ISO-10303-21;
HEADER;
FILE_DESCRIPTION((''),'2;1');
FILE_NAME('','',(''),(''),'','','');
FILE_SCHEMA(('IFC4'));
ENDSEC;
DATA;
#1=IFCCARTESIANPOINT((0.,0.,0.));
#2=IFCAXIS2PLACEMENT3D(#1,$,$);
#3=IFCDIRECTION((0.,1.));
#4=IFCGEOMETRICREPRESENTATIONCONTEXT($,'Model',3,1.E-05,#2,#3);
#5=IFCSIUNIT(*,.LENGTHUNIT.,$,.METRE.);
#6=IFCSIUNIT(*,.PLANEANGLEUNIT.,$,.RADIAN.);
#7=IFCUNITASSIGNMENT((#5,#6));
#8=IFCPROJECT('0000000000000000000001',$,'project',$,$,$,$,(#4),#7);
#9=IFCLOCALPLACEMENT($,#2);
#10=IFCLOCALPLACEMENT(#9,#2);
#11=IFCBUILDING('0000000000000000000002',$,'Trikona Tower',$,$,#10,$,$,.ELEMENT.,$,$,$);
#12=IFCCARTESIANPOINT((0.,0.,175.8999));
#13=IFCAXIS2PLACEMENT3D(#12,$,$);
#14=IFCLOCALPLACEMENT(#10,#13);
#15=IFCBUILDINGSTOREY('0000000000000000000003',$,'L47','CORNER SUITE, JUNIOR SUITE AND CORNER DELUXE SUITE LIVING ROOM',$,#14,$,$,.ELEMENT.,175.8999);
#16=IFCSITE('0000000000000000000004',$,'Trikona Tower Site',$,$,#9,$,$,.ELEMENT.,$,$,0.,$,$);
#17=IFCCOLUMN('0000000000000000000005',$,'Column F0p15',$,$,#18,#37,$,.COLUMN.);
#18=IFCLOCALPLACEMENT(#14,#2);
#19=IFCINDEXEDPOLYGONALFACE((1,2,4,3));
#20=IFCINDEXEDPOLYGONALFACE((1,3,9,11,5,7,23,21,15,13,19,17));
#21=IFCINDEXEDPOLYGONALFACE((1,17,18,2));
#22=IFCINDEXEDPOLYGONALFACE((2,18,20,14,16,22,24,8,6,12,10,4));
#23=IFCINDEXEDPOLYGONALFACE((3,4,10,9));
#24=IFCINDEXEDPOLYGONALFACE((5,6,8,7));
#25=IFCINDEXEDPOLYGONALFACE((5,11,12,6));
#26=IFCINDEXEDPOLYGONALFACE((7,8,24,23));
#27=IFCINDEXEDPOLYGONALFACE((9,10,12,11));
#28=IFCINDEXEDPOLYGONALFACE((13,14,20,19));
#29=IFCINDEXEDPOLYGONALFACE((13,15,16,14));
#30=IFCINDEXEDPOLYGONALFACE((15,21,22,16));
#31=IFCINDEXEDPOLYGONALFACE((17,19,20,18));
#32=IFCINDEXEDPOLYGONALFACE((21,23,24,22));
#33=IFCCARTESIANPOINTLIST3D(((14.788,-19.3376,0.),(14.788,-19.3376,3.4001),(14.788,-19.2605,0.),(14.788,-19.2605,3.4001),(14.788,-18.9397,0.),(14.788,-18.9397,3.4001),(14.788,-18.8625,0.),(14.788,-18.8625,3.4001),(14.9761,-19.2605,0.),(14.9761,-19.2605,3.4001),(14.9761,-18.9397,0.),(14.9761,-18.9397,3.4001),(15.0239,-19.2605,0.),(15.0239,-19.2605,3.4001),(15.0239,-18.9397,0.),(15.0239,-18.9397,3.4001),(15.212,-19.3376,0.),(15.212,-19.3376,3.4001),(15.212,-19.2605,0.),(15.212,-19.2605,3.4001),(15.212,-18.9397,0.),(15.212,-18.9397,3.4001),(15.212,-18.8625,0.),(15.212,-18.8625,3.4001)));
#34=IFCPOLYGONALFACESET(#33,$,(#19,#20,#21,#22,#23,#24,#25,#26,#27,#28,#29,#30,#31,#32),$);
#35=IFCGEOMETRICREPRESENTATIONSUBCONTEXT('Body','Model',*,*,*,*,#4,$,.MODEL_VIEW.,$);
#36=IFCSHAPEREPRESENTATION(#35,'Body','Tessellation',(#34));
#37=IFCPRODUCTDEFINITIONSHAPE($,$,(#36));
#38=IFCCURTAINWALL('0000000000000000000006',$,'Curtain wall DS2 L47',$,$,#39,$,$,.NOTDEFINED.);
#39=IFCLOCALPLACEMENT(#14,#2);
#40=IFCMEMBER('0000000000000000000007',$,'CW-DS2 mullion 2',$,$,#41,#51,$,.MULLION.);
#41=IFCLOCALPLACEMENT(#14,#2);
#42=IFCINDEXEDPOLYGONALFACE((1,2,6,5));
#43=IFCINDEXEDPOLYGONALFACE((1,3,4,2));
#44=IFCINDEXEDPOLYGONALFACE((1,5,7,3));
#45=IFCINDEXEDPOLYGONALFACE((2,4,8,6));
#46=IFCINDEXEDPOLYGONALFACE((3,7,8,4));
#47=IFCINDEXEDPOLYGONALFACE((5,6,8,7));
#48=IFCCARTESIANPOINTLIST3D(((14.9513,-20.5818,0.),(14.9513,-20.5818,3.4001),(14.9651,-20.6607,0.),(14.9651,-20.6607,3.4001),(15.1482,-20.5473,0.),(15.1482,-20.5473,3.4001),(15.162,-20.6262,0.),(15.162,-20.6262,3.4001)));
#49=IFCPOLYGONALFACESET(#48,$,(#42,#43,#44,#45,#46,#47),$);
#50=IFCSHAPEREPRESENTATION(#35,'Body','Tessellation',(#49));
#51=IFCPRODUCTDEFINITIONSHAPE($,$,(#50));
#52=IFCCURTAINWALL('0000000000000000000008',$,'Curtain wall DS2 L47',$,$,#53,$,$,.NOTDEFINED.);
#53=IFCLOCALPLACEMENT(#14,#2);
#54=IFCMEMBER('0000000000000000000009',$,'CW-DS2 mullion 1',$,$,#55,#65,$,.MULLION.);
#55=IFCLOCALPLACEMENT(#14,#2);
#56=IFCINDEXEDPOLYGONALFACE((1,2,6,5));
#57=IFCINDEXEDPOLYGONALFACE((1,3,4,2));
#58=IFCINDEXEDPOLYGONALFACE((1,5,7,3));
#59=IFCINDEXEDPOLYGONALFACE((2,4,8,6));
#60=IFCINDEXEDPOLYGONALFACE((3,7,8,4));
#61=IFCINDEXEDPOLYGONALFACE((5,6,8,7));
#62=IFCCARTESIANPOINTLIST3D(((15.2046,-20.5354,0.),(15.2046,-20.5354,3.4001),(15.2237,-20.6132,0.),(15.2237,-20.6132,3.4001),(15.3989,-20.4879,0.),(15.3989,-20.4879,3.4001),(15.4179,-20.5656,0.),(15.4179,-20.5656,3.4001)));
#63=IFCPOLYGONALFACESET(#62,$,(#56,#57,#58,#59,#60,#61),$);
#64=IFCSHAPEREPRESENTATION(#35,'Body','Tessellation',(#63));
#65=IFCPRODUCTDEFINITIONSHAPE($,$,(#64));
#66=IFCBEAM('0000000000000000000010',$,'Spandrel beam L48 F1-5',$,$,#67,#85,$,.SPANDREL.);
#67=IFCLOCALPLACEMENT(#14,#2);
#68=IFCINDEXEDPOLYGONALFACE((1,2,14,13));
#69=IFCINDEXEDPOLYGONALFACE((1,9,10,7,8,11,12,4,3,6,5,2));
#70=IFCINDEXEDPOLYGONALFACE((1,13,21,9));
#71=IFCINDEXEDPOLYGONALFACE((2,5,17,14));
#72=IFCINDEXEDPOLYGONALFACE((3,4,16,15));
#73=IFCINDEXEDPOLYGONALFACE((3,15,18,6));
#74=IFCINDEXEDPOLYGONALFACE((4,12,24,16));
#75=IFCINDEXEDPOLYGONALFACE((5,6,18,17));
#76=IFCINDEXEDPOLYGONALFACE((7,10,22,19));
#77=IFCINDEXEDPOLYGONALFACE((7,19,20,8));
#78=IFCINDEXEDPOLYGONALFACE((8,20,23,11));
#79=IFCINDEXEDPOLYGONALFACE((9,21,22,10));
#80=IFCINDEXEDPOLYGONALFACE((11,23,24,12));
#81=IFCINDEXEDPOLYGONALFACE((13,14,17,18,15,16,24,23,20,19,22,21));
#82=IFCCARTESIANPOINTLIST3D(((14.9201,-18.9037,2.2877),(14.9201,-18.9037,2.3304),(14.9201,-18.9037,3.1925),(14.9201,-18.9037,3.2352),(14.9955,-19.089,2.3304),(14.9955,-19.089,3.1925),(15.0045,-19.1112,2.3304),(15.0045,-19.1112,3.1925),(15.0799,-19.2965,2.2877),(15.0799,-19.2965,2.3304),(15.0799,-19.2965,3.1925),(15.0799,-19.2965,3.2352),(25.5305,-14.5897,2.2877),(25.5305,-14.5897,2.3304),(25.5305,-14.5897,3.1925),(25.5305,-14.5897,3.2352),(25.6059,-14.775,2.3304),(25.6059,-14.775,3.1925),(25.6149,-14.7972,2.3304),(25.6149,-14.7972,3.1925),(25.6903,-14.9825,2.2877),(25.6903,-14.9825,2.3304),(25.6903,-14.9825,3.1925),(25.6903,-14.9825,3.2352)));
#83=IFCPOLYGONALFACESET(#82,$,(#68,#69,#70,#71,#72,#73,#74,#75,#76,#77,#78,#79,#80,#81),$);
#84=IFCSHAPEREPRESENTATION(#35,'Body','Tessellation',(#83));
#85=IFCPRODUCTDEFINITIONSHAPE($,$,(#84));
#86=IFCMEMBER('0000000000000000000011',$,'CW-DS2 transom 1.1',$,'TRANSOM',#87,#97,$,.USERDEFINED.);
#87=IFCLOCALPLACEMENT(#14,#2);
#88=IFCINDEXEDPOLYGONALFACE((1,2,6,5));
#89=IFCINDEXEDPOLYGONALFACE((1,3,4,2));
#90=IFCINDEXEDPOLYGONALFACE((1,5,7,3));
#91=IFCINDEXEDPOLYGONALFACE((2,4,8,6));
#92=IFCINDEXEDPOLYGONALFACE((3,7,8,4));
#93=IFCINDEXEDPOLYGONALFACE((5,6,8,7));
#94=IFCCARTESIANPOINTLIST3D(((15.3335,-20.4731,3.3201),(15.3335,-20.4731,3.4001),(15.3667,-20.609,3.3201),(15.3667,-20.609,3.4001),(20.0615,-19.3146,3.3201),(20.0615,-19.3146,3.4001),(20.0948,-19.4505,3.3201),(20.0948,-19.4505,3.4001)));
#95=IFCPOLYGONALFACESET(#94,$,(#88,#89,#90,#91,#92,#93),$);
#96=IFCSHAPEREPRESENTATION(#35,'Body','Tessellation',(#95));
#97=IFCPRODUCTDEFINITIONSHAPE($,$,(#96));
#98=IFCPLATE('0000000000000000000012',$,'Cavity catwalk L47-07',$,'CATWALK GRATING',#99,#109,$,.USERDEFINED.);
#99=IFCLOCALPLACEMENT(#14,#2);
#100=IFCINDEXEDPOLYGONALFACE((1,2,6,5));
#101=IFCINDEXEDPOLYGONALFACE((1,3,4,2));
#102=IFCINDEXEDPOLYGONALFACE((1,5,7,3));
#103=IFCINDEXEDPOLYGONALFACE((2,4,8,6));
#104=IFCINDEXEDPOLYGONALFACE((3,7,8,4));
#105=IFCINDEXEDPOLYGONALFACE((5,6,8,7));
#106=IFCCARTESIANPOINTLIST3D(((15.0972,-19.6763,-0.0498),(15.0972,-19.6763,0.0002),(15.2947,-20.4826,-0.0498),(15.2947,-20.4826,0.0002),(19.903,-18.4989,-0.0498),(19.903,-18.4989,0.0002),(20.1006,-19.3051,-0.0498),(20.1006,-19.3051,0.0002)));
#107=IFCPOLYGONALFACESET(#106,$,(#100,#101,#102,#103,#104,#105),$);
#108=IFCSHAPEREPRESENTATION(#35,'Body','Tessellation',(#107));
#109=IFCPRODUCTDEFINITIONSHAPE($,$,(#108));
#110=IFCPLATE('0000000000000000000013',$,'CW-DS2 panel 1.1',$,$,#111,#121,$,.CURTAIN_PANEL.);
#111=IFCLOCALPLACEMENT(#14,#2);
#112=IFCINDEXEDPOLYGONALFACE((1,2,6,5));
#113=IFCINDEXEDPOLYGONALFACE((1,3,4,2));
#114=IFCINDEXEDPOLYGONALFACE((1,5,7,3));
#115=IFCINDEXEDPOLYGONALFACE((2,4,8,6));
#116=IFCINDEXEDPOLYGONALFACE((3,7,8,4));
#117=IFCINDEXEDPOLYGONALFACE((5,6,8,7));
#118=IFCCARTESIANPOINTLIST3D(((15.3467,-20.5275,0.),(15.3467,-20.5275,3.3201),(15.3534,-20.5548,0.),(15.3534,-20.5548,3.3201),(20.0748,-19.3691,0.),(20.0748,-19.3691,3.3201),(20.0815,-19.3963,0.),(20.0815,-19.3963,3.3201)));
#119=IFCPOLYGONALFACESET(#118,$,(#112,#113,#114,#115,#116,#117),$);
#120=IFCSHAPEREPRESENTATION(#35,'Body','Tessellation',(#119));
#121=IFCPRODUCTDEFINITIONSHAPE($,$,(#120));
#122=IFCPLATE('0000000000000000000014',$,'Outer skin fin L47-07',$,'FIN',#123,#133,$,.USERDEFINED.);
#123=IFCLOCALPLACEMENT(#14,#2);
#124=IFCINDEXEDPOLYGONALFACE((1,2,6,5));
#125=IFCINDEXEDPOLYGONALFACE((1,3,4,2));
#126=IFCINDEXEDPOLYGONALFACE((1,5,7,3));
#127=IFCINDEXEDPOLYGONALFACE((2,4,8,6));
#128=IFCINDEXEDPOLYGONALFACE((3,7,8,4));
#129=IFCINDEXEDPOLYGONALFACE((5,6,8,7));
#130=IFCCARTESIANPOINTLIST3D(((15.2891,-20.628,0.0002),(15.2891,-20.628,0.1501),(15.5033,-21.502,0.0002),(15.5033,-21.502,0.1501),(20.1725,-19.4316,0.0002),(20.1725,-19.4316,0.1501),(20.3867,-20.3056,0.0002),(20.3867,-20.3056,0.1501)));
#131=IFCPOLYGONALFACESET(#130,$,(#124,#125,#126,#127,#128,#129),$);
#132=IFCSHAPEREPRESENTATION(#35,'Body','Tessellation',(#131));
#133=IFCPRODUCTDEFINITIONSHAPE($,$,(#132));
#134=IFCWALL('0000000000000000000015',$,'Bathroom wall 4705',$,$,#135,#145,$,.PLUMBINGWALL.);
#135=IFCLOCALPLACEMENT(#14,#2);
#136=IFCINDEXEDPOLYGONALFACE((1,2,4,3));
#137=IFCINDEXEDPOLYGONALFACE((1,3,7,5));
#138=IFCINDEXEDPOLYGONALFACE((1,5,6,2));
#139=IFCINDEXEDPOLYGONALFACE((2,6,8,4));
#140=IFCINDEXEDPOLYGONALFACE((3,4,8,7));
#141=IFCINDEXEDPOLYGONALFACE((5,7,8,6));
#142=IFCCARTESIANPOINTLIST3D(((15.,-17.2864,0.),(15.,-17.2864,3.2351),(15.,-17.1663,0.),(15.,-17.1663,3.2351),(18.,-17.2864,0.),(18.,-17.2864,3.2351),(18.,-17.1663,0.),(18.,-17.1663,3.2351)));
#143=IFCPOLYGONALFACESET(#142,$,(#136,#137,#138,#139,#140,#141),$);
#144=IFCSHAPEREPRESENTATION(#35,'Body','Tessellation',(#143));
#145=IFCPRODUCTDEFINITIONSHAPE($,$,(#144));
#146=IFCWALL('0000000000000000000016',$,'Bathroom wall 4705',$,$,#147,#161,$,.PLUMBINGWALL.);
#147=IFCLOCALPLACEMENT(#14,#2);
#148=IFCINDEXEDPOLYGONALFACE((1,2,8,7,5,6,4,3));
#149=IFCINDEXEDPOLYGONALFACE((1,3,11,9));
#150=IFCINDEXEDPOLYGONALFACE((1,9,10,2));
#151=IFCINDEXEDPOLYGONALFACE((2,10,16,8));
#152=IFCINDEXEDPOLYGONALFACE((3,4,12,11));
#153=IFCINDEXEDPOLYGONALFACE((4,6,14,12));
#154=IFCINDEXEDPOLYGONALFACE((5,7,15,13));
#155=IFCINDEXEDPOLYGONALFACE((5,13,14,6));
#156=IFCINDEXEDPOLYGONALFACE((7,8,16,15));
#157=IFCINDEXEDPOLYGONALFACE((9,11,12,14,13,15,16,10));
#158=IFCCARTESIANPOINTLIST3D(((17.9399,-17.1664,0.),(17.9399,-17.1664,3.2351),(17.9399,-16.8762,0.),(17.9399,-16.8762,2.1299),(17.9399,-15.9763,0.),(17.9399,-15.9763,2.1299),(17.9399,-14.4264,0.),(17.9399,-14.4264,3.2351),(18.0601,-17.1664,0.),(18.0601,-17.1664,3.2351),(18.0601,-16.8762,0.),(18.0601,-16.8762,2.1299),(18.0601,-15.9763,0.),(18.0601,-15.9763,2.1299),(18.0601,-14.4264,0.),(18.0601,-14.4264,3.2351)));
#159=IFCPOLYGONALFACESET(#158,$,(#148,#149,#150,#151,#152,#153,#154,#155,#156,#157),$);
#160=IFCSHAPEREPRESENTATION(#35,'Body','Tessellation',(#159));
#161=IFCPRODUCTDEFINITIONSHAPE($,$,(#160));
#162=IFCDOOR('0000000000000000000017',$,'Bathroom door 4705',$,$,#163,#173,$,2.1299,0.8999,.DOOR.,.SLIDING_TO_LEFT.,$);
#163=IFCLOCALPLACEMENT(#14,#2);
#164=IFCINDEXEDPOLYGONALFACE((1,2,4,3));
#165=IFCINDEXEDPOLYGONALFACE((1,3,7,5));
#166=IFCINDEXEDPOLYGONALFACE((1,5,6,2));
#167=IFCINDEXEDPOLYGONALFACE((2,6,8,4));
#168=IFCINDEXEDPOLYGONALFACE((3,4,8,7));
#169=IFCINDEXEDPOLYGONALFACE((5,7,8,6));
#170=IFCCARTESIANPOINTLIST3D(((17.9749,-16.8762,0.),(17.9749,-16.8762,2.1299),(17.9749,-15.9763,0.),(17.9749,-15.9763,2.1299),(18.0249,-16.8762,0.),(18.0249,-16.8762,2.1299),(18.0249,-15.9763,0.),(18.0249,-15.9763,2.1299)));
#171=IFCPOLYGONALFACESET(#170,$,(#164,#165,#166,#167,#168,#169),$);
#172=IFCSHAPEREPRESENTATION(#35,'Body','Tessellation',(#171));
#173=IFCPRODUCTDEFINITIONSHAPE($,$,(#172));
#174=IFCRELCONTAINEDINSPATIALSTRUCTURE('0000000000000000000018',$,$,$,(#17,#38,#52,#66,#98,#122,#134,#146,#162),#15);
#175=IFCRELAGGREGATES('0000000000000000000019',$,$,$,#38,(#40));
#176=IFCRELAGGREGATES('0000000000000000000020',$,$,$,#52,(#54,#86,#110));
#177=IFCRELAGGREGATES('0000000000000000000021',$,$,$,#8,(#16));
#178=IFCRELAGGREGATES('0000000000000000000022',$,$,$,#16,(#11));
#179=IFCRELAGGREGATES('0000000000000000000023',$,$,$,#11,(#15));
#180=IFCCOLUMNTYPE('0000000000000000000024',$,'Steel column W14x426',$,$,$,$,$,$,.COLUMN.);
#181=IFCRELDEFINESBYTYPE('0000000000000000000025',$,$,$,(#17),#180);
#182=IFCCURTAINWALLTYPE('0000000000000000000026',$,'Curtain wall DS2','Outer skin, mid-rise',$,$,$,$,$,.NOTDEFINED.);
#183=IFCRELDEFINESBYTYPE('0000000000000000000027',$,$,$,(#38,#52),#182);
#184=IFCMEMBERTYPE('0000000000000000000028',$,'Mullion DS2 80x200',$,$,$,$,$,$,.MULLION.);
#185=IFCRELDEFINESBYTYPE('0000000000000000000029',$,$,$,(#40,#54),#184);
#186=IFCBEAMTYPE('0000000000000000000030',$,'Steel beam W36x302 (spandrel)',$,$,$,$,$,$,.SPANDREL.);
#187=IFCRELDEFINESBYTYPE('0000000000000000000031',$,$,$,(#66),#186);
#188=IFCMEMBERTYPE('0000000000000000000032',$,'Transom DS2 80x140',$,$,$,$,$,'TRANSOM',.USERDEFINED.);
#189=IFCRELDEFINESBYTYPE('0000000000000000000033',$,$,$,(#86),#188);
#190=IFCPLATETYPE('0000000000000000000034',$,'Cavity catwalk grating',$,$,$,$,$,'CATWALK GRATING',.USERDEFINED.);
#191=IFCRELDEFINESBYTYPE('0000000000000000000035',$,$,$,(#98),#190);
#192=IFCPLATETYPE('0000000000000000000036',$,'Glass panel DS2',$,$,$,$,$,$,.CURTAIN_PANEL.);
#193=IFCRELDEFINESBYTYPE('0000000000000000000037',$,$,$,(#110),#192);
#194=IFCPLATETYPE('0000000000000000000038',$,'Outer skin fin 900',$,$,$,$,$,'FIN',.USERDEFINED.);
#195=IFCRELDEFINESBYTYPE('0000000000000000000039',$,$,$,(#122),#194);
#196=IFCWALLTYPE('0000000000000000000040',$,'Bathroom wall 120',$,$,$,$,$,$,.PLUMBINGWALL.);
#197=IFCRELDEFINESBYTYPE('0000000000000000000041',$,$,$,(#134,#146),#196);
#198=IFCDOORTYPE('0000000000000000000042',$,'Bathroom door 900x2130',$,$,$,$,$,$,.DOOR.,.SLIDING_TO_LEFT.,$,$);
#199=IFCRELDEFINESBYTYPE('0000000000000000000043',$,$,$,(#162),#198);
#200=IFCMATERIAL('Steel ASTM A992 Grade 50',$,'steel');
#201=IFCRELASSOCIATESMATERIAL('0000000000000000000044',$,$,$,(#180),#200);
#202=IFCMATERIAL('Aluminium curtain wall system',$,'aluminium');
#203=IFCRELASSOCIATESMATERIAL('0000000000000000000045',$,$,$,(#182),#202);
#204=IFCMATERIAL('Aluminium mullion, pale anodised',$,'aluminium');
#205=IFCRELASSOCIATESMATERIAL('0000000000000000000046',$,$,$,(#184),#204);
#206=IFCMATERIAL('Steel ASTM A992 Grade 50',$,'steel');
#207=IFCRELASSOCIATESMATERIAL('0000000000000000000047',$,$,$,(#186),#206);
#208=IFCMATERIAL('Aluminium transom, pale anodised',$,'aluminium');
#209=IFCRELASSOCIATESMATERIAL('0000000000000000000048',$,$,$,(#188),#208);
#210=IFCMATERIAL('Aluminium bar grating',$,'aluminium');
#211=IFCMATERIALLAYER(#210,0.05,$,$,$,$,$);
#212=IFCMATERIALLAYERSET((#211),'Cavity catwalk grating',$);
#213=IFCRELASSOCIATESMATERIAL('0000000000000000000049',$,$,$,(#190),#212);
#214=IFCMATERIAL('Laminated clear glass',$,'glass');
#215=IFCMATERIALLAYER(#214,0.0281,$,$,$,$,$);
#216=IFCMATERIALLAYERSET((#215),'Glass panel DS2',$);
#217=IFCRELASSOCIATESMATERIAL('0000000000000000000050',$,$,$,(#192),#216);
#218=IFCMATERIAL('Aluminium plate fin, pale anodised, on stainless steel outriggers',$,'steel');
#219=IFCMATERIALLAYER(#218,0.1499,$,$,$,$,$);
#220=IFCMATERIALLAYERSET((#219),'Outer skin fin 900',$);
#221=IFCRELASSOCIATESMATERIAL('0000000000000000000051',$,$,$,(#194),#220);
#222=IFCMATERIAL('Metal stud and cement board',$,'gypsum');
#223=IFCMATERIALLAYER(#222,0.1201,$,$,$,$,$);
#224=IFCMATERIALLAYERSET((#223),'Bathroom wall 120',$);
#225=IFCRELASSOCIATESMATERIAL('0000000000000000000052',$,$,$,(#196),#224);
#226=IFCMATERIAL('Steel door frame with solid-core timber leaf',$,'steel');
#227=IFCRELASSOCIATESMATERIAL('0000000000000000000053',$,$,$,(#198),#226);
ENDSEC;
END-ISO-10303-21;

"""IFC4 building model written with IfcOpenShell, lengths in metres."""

from ifc_helpers import new_model, si_unit, direction, frame, frame_2d, origin, origin_2d, place, context, subcontext, project, spatial, rectangle, i_section, extrude, material, layer, layer_set, material_profile, profile_set, type_object, element, fill, aggregate, save


model = new_model("IFC4")

# Units and contexts
model_context = context("Model", 3, precision=1e-05, world=origin(), true_north=direction((0.0, 1.0)))
body_context = subcontext(model_context, "Body", "Model", "MODEL_VIEW")
ifc_project = project(units=[si_unit("LENGTHUNIT", "METRE"), si_unit("PLANEANGLEUNIT", "RADIAN")], contexts=[model_context])

# Site, building, storey
site_placement = place(None, origin())
site = spatial("IfcSite", under=ifc_project, at=site_placement, Name="Trikona Tower Site", CompositionType="ELEMENT", RefElevation=0.0)
building_placement = place(site_placement, origin())
building = spatial("IfcBuilding", under=site, at=building_placement, Name="Trikona Tower", CompositionType="ELEMENT")
storey_placement = place(building_placement, frame((0.0, 0.0, 175.8999)))
storey = spatial("IfcBuildingStorey", under=building, at=storey_placement, Name="L47", Description="CORNER SUITE, JUNIOR SUITE AND CORNER DELUXE SUITE LIVING ROOM", CompositionType="ELEMENT", Elevation=175.8999)

# Column
ifc_material_1 = material(Name="Steel ASTM A992 Grade 50", Category="steel")
ifc_material_profile_1 = material_profile(ifc_material_1, i_section(OverallWidth=0.4241, OverallDepth=0.4751, WebThickness=0.0479, FlangeThickness=0.0771, at=origin_2d()), Name="W14X426")
ifc_profile_set_1 = profile_set([ifc_material_profile_1], Name="Steel ASTM A992 Grade 50")
column_type = type_object("IfcColumnType", Name="Steel column W14x426", PredefinedType="COLUMN", material=ifc_profile_set_1)
column_placement = place(storey_placement, frame((15.0, -19.1001, 0.0), z_axis=(0.0, 0.0, 1.0), x_axis=(1.0, 0.0, 0.0)))
element("IfcColumn", 1, at=column_placement, inside=storey, type_object=column_type, Name="Column F0p15", PredefinedType="COLUMN", context=body_context, shape_type="SweptSolid", body=[
    extrude(i_section(OverallWidth=0.4241, OverallDepth=0.4751, WebThickness=0.0479, FlangeThickness=0.0771, at=origin_2d()), origin(), (0.0, 0.0, 1.0), 3.4001),
])

# Curtain walls, members
ifc_material_2 = material(Name="Aluminium curtain wall system", Category="aluminium")
curtain_wall_type = type_object("IfcCurtainWallType", Name="Curtain wall DS2", Description="Outer skin, mid-rise", PredefinedType="NOTDEFINED", material=ifc_material_2)
curtain_wall_1_placement = place(storey_placement, origin())
curtain_wall_1 = element("IfcCurtainWall", 2, at=curtain_wall_1_placement, inside=storey, type_object=curtain_wall_type, Name="Curtain wall DS2 L47", PredefinedType="NOTDEFINED")
ifc_material_3 = material(Name="Aluminium mullion, pale anodised", Category="aluminium")
ifc_material_profile_2 = material_profile(ifc_material_3, rectangle(XDim=0.0801, YDim=0.2, at=origin_2d()), Name="MUL-DS2")
ifc_profile_set_2 = profile_set([ifc_material_profile_2], Name="Aluminium mullion, pale anodised")
member_type_1 = type_object("IfcMemberType", Name="Mullion DS2 80x200", PredefinedType="MULLION", material=ifc_profile_set_2)
member_1_placement = place(storey_placement, frame((15.0566, -20.604, 0.0), z_axis=(0.0, 0.0, 1.0), x_axis=(-0.172377, 0.985031, 0.0)))
member_1 = element("IfcMember", 3, at=member_1_placement, type_object=member_type_1, Name="CW-DS2 mullion 2", PredefinedType="MULLION", context=body_context, shape_type="SweptSolid", body=[
    extrude(rectangle(XDim=0.0801, YDim=0.2, at=origin_2d()), origin(), (0.0, 0.0, 1.0), 3.4001),
])
aggregate(curtain_wall_1, [member_1])
curtain_wall_2_placement = place(storey_placement, origin())
curtain_wall_2 = element("IfcCurtainWall", 4, at=curtain_wall_2_placement, inside=storey, type_object=curtain_wall_type, Name="Curtain wall DS2 L47", PredefinedType="NOTDEFINED")
member_2_placement = place(storey_placement, frame((15.3113, -20.5505, 0.0), z_axis=(0.0, 0.0, 1.0), x_axis=(-0.23797, 0.971272, 0.0)))
member_2 = element("IfcMember", 5, at=member_2_placement, type_object=member_type_1, Name="CW-DS2 mullion 1", PredefinedType="MULLION", context=body_context, shape_type="SweptSolid", body=[
    extrude(rectangle(XDim=0.0801, YDim=0.2, at=origin_2d()), origin(), (0.0, 0.0, 1.0), 3.4001),
])

# Beam
ifc_material_4 = material(Name="Steel ASTM A992 Grade 50", Category="steel")
ifc_material_profile_3 = material_profile(ifc_material_4, i_section(OverallWidth=0.4241, OverallDepth=0.9475, WebThickness=0.0239, FlangeThickness=0.0427, at=origin_2d()), Name="W36X302")
ifc_profile_set_3 = profile_set([ifc_material_profile_3], Name="Steel ASTM A992 Grade 50")
beam_type = type_object("IfcBeamType", Name="Steel beam W36x302 (spandrel)", PredefinedType="SPANDREL", material=ifc_profile_set_3)
beam_placement = place(storey_placement, frame((15.0, -19.1001, 2.7615), z_axis=(0.92636, 0.37664, 0.0), x_axis=(-0.37664, 0.92636, 0.0)))
element("IfcBeam", 6, at=beam_placement, inside=storey, type_object=beam_type, Name="Spandrel beam L48 F1-5", PredefinedType="SPANDREL", context=body_context, shape_type="SweptSolid", body=[
    extrude(i_section(OverallWidth=0.4241, OverallDepth=0.9475, WebThickness=0.0239, FlangeThickness=0.0427, at=origin_2d()), origin(), (0.0, 0.0, 1.0), 11.4539),
])

# Member
ifc_material_5 = material(Name="Aluminium transom, pale anodised", Category="aluminium")
ifc_material_profile_4 = material_profile(ifc_material_5, rectangle(XDim=0.1399, YDim=0.0801, at=origin_2d()), Name="TRN-DS2")
ifc_profile_set_4 = profile_set([ifc_material_profile_4], Name="Aluminium transom, pale anodised")
member_type_2 = type_object("IfcMemberType", Name="Transom DS2 80x140", ElementType="TRANSOM", PredefinedType="USERDEFINED", material=ifc_profile_set_4)
member_3_placement = place(storey_placement, frame((15.3501, -20.541, 3.3601), z_axis=(0.971271, 0.237978, 0.0), x_axis=(-0.237978, 0.971271, 0.0)))
member_3 = element("IfcMember", 7, at=member_3_placement, type_object=member_type_2, Name="CW-DS2 transom 1.1", ObjectType="TRANSOM", PredefinedType="USERDEFINED", context=body_context, shape_type="SweptSolid", body=[
    extrude(rectangle(XDim=0.1399, YDim=0.0801, at=origin_2d()), origin(), (0.0, 0.0, 1.0), 4.8679),
])

# Plates
ifc_material_6 = material(Name="Aluminium bar grating", Category="aluminium")
ifc_layer_1 = layer(ifc_material_6, 0.05)
ifc_layer_set_1 = layer_set([ifc_layer_1], Name="Cavity catwalk grating")
plate_type_1 = type_object("IfcPlateType", Name="Cavity catwalk grating", ElementType="CATWALK GRATING", PredefinedType="USERDEFINED", material=ifc_layer_set_1)
plate_1_placement = place(storey_placement, frame((17.5989, -19.4907, -0.0498), z_axis=(0.0, 0.0, 1.0), x_axis=(0.971274, 0.237962, 0.0)))
element("IfcPlate", 8, at=plate_1_placement, inside=storey, type_object=plate_type_1, Name="Cavity catwalk L47-07", ObjectType="CATWALK GRATING", PredefinedType="USERDEFINED", context=body_context, shape_type="SweptSolid", body=[
    extrude(rectangle(XDim=4.948, YDim=0.8301, at=origin_2d()), origin(), (0.0, 0.0, 1.0), 0.05),
])
ifc_material_7 = material(Name="Laminated clear glass", Category="glass")
ifc_layer_2 = layer(ifc_material_7, 0.0281)
ifc_layer_set_2 = layer_set([ifc_layer_2], Name="Glass panel DS2")
plate_type_2 = type_object("IfcPlateType", Name="Glass panel DS2", PredefinedType="CURTAIN_PANEL", material=ifc_layer_set_2)
plate_2_placement = place(storey_placement, frame((17.7141, -19.9619, 0.0), z_axis=(0.0, 0.0, 1.0), x_axis=(0.971272, 0.23797, 0.0)))
plate_2 = element("IfcPlate", 9, at=plate_2_placement, type_object=plate_type_2, Name="CW-DS2 panel 1.1", PredefinedType="CURTAIN_PANEL", context=body_context, shape_type="SweptSolid", body=[
    extrude(rectangle(XDim=4.8679, YDim=0.0281, at=origin_2d()), origin(), (0.0, 0.0, 1.0), 3.3201),
])
aggregate(curtain_wall_2, [member_2, member_3, plate_2])
ifc_material_8 = material(Name="Aluminium plate fin, pale anodised, on stainless steel outriggers", Category="steel")
ifc_layer_3 = layer(ifc_material_8, 0.1499)
ifc_layer_set_3 = layer_set([ifc_layer_3], Name="Outer skin fin 900")
plate_type_3 = type_object("IfcPlateType", Name="Outer skin fin 900", ElementType="FIN", PredefinedType="USERDEFINED", material=ifc_layer_set_3)
plate_3_placement = place(storey_placement, frame((17.8379, -20.4668, 0.0002), z_axis=(0.0, 0.0, 1.0), x_axis=(0.971274, 0.237962, 0.0)))
element("IfcPlate", 10, at=plate_3_placement, inside=storey, type_object=plate_type_3, Name="Outer skin fin L47-07", ObjectType="FIN", PredefinedType="USERDEFINED", context=body_context, shape_type="SweptSolid", body=[
    extrude(rectangle(XDim=5.0278, YDim=0.8999, at=origin_2d()), origin(), (0.0, 0.0, 1.0), 0.1499),
])

# Wall
ifc_material_9 = material(Name="Metal stud and cement board", Category="gypsum")
ifc_layer_4 = layer(ifc_material_9, 0.1201)
ifc_layer_set_4 = layer_set([ifc_layer_4], Name="Bathroom wall 120")
wall_type_1 = type_object("IfcWallType", Name="Bathroom wall 120", PredefinedType="PLUMBINGWALL", material=ifc_layer_set_4)
wall_1_placement = place(storey_placement, frame((15.0, -17.2263, 0.0), z_axis=(0.0, 0.0, 1.0), x_axis=(1.0, 0.0, 0.0)))
element("IfcWall", 11, at=wall_1_placement, inside=storey, type_object=wall_type_1, Name="Bathroom wall 4705", PredefinedType="PLUMBINGWALL", context=body_context, shape_type="SweptSolid", body=[
    extrude(rectangle(XDim=3.0, YDim=0.1201, at=frame_2d((1.5, 0.0))), origin(), (0.0, 0.0, 1.0), 3.2351),
])

# Wall, opening, door
wall_2_placement = place(storey_placement, frame((18.0, -14.4263, 0.0), z_axis=(0.0, 0.0, 1.0), x_axis=(0.0, -1.0, 0.0)))
wall_2 = element("IfcWall", 12, at=wall_2_placement, inside=storey, type_object=wall_type_1, Name="Bathroom wall 4705", PredefinedType="PLUMBINGWALL", context=body_context, shape_type="SweptSolid", body=[
    extrude(rectangle(XDim=2.74, YDim=0.1201, at=frame_2d((1.3701, 0.0))), origin(), (0.0, 0.0, 1.0), 3.2351),
])
opening_placement = place(wall_2_placement, frame((1.55, 0.0, 0.0)))
opening = element("IfcOpeningElement", 13, at=opening_placement, cuts=wall_2, PredefinedType="OPENING", context=body_context, shape_type="SweptSolid", body=[
    extrude(rectangle(XDim=0.8999, YDim=2.1299, at=frame_2d((0.45, 1.0649))), frame((0.0, 0.0701, 0.0), z_axis=(0.0, -1.0, 0.0), x_axis=(1.0, 0.0, 0.0)), (0.0, 0.0, 1.0), 0.1401),
])
ifc_material_10 = material(Name="Steel door frame with solid-core timber leaf", Category="steel")
door_type = type_object("IfcDoorType", Name="Bathroom door 900x2130", OperationType="SLIDING_TO_LEFT", PredefinedType="DOOR", material=ifc_material_10)
door_placement = place(opening_placement, origin())
door = element("IfcDoor", 14, at=door_placement, inside=storey, type_object=door_type, Name="Bathroom door 4705", OperationType="SLIDING_TO_LEFT", OverallHeight=2.1299, OverallWidth=0.8999, PredefinedType="DOOR", context=body_context, shape_type="SweptSolid", body=[
    extrude(rectangle(XDim=0.8999, YDim=2.1299, at=frame_2d((0.45, 1.0649))), frame((0.0, 0.0249, 0.0), z_axis=(0.0, -1.0, 0.0), x_axis=(1.0, 0.0, 0.0)), (0.0, 0.0, 1.0), 0.05),
])
fill(opening, door)

save(model, "model.ifc")
